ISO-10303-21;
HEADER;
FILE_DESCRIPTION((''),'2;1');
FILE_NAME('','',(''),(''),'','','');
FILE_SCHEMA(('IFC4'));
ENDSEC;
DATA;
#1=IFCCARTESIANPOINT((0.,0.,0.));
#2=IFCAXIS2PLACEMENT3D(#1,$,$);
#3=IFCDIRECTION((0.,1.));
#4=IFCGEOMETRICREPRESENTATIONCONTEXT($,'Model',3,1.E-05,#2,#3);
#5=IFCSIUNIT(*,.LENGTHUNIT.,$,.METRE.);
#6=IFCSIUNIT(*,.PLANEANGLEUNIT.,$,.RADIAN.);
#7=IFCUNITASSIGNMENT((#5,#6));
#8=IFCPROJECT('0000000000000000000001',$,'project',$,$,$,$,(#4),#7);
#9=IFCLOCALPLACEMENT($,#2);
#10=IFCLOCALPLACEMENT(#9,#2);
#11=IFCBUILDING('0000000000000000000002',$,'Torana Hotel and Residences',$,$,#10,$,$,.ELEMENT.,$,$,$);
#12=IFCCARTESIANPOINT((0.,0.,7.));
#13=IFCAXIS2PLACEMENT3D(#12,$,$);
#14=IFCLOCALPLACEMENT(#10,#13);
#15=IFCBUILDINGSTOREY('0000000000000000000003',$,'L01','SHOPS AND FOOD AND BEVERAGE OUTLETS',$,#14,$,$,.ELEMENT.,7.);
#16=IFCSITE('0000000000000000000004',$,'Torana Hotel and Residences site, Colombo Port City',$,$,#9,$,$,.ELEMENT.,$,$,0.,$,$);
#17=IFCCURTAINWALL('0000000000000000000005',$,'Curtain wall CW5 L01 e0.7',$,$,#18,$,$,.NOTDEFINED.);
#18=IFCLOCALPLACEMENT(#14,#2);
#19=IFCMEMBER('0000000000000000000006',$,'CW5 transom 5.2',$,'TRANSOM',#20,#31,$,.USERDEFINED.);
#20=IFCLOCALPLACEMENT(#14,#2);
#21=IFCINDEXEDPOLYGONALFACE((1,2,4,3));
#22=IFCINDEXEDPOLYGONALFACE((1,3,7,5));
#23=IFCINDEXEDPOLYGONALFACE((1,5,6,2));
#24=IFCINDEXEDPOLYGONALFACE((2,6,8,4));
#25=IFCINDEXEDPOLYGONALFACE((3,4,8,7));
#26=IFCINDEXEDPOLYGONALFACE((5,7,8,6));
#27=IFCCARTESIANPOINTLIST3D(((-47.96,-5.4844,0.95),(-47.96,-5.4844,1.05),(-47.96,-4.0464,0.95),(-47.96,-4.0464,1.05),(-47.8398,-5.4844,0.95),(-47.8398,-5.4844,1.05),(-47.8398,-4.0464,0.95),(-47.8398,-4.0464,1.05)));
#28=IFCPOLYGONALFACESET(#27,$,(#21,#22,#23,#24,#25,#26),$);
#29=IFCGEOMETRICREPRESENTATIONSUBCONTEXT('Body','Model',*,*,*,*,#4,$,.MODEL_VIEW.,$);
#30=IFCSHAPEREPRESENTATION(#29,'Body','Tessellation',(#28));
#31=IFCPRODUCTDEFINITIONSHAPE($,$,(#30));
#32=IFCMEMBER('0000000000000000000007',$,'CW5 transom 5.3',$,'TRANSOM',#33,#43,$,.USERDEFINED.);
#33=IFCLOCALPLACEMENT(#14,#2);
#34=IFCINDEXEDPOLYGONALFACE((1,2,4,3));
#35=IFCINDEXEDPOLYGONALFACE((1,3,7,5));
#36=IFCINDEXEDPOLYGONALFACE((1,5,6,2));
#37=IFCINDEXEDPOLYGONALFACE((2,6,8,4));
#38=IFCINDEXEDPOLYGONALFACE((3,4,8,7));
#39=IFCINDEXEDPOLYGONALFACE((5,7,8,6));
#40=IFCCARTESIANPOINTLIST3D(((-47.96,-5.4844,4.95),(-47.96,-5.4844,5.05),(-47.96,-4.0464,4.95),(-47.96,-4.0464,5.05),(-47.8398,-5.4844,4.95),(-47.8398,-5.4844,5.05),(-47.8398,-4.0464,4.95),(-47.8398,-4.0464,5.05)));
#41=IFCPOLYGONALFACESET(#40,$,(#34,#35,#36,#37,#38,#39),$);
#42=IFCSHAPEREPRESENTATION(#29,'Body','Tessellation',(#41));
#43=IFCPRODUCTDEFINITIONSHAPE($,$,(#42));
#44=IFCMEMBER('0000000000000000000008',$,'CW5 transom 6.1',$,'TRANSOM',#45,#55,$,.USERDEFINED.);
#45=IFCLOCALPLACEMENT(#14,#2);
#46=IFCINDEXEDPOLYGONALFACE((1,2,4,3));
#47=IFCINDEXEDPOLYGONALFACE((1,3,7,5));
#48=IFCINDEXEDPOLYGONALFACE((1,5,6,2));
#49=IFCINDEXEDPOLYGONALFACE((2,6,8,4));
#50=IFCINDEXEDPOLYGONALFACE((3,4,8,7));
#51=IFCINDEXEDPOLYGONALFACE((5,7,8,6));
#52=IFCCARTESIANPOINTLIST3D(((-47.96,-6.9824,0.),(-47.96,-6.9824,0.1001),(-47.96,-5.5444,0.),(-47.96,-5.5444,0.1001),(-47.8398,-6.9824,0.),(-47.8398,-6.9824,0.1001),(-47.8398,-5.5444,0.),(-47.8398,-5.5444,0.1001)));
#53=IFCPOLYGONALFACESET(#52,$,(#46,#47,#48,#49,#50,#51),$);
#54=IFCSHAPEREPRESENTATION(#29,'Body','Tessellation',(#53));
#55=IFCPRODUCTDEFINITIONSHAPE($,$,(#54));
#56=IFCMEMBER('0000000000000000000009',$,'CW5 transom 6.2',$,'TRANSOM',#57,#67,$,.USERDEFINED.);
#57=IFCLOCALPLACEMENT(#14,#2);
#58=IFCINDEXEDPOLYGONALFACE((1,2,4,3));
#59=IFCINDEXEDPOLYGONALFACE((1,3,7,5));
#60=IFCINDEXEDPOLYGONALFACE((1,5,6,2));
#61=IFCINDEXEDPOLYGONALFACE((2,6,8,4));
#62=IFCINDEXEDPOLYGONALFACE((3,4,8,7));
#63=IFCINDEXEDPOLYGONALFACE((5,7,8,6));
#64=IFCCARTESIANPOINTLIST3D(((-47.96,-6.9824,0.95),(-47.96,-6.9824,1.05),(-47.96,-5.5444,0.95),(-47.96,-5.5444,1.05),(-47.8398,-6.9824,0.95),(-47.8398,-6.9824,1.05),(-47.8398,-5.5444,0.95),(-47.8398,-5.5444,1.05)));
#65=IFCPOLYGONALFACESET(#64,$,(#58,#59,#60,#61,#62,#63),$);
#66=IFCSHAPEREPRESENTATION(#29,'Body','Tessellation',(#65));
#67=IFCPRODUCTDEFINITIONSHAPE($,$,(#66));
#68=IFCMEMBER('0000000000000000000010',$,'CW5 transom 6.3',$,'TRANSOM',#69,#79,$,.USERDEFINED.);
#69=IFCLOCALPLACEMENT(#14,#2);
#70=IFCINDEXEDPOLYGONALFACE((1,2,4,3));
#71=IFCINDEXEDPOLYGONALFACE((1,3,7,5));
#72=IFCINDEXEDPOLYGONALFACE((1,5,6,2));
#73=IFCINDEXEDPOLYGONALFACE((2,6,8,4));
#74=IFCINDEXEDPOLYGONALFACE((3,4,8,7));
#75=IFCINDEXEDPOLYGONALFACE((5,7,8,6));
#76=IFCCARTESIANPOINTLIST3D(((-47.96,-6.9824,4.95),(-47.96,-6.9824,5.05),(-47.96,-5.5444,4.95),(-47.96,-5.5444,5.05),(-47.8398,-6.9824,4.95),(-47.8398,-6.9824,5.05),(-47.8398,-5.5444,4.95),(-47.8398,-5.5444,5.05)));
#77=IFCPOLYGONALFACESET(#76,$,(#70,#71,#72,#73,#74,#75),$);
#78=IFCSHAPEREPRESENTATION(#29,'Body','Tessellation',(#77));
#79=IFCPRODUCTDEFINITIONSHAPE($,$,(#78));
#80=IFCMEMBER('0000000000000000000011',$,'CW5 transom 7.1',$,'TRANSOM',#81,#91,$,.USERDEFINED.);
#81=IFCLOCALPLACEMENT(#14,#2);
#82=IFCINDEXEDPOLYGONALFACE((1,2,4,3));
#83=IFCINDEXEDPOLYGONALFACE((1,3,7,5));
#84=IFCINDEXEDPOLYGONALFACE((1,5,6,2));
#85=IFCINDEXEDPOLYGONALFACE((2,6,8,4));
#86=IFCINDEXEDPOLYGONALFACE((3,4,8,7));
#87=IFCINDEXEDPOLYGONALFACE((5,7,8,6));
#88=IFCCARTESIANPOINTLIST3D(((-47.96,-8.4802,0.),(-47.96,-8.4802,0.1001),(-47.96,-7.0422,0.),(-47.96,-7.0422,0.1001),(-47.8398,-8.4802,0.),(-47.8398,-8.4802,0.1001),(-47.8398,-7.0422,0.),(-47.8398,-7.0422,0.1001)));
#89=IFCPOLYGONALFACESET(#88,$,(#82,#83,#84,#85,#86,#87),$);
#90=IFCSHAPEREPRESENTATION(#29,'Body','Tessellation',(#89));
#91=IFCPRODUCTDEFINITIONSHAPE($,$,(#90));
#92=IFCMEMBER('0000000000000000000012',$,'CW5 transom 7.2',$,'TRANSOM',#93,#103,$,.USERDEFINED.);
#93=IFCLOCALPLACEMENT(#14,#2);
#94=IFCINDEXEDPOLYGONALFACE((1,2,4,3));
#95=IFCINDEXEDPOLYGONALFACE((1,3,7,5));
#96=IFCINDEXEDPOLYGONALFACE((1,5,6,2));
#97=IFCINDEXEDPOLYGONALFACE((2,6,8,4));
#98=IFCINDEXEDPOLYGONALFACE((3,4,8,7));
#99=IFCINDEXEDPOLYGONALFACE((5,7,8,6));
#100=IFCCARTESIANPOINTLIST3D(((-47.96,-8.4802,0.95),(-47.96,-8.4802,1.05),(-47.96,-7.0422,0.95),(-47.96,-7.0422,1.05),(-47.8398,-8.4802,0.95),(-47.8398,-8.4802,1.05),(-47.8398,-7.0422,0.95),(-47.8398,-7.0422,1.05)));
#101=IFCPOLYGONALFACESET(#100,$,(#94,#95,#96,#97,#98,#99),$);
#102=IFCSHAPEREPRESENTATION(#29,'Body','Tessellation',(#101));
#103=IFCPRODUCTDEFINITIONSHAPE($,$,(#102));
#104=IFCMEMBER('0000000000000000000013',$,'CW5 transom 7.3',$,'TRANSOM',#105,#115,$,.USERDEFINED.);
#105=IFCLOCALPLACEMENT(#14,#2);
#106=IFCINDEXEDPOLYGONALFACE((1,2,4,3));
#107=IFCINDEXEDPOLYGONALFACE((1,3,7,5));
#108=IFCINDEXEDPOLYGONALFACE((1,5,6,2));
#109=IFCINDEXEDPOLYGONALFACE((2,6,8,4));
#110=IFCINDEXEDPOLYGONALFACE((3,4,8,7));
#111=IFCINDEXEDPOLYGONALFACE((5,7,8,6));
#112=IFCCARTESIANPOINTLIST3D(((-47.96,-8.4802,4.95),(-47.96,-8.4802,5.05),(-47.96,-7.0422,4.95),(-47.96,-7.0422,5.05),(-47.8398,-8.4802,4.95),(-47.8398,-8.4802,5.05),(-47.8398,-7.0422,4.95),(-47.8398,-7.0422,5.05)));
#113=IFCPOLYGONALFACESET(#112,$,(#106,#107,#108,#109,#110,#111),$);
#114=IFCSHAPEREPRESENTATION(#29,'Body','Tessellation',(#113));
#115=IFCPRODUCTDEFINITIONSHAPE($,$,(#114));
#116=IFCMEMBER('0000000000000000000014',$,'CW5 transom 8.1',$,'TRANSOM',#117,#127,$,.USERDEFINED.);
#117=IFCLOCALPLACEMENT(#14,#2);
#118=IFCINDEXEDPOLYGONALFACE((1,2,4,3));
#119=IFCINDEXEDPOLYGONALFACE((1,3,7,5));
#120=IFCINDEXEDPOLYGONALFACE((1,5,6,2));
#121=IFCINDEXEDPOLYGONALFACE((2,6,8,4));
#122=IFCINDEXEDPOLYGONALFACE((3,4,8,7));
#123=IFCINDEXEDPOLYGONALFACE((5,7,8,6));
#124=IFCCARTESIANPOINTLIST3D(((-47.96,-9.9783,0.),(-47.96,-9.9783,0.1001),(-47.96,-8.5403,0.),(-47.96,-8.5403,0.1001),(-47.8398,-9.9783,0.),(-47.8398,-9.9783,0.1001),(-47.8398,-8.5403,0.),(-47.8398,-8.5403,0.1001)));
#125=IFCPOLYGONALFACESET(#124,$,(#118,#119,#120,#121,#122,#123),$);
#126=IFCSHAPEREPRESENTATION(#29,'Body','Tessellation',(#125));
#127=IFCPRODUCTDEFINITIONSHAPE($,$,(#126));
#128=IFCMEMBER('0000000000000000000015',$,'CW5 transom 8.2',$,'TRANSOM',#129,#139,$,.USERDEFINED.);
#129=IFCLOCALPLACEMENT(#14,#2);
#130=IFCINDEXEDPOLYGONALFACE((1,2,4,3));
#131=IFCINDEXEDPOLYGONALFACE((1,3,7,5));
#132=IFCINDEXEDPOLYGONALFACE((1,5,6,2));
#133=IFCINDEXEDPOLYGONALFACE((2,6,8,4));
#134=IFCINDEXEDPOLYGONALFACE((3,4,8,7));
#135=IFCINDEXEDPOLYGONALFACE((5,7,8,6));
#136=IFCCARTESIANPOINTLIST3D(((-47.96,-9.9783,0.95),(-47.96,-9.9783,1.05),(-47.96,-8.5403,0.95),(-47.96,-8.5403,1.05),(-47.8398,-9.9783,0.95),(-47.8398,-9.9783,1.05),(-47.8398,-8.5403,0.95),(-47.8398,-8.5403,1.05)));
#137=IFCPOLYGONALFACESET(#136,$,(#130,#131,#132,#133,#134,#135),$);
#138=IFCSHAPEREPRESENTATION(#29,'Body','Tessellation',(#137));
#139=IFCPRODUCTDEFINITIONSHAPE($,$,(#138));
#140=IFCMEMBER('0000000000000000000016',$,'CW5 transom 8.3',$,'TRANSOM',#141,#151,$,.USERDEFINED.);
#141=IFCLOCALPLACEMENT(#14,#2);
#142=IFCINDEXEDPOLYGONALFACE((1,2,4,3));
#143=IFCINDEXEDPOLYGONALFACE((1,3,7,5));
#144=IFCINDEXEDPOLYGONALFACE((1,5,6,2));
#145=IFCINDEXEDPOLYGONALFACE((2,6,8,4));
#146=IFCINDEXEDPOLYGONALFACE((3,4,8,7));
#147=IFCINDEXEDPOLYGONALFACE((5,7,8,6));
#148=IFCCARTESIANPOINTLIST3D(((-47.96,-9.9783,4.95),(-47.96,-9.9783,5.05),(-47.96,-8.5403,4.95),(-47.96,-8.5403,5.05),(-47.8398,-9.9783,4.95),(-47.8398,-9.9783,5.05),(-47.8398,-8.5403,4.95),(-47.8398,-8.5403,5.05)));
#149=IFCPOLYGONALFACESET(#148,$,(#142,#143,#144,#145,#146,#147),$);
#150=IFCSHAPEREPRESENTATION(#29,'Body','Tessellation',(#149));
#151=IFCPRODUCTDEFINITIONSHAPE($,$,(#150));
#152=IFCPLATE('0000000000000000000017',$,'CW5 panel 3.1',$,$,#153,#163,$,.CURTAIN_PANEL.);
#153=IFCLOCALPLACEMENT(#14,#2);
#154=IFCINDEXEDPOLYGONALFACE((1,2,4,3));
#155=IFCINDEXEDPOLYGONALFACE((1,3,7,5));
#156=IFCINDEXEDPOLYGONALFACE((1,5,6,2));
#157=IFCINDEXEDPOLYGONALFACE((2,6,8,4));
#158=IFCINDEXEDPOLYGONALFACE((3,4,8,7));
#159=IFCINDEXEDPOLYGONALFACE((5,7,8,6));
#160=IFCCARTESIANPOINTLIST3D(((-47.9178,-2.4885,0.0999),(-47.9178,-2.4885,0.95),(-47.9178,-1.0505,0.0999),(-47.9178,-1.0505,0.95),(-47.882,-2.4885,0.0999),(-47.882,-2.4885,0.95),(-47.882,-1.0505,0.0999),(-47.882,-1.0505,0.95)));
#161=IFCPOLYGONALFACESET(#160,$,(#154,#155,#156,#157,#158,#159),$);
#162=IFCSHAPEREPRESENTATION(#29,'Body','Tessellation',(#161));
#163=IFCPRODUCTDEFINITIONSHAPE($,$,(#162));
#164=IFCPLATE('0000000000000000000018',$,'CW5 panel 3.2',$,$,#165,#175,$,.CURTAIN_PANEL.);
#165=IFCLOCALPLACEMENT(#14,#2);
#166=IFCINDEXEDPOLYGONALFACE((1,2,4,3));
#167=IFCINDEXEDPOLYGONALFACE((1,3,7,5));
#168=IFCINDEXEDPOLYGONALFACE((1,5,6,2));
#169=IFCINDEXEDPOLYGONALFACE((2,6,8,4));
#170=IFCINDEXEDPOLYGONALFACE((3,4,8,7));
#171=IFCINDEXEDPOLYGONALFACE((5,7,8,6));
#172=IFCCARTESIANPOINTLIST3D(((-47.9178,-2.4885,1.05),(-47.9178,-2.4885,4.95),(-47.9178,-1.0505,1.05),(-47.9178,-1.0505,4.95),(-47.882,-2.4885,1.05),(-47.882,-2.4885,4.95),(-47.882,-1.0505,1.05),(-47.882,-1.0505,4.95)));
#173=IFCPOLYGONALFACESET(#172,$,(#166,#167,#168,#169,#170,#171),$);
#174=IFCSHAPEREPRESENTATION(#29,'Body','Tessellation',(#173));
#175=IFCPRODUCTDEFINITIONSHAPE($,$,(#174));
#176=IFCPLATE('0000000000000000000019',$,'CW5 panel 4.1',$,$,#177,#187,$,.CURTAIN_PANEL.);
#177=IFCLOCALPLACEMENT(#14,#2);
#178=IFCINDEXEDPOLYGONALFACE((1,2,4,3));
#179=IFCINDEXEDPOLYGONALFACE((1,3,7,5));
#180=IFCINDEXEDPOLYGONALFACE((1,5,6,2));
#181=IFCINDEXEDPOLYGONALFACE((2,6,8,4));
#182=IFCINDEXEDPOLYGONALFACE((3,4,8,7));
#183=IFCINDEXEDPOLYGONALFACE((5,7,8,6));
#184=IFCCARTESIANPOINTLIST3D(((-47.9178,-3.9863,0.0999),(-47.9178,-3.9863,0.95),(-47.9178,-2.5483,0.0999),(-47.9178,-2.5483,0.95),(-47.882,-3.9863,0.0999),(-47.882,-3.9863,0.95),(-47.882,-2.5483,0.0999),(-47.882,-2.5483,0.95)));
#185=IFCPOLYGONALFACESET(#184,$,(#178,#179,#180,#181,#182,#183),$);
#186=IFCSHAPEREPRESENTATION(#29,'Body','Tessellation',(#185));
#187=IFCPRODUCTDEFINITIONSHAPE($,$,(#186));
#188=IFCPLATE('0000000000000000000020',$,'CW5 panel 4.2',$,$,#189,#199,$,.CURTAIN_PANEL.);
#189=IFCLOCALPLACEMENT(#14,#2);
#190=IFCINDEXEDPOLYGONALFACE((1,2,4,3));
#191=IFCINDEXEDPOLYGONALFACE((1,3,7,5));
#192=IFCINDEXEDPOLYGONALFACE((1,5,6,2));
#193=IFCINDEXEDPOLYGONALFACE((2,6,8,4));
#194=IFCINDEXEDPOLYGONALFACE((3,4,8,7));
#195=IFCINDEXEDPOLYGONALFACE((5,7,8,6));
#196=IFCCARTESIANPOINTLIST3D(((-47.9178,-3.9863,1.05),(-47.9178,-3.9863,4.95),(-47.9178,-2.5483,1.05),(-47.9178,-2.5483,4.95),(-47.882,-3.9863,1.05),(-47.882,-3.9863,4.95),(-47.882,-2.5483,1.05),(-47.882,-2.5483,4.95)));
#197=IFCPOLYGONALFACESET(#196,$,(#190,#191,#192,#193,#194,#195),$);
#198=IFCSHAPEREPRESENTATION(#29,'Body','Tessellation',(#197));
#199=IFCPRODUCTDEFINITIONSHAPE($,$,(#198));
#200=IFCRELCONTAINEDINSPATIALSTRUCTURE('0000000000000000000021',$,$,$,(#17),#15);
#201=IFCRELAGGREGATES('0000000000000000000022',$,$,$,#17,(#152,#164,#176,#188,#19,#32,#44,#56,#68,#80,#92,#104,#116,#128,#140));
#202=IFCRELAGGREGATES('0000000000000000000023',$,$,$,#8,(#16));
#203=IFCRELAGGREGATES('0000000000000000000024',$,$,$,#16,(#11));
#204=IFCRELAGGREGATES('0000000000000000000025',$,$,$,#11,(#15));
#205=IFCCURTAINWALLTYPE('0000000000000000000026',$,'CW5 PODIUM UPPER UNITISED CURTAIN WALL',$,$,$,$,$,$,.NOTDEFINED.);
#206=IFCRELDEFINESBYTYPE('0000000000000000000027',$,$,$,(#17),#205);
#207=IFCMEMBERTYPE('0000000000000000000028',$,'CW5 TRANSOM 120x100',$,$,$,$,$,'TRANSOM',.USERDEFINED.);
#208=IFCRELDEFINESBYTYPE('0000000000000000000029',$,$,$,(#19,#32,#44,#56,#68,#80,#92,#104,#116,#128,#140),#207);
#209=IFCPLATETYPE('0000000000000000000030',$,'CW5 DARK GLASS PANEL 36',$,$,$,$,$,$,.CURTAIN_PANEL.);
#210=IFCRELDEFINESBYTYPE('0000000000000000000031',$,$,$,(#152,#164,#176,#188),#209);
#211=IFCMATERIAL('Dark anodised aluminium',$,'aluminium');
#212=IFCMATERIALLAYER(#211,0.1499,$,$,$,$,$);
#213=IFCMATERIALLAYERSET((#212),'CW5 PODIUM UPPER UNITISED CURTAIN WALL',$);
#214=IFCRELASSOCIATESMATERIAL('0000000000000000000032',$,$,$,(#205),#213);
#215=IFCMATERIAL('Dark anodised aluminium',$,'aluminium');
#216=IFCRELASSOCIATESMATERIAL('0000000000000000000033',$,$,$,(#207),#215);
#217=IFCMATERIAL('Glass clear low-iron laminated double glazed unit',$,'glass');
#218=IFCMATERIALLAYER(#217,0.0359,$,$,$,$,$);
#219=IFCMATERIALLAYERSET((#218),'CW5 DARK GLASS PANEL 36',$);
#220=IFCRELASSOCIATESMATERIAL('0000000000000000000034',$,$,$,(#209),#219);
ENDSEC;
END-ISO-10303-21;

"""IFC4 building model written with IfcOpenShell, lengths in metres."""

from ifc_helpers import new_model, si_unit, direction, frame, origin, origin_2d, place, context, subcontext, project, spatial, rectangle, extrude, material, layer, layer_set, material_profile, profile_set, type_object, element, aggregate, save


model = new_model("IFC4")

# Units and contexts
model_context = context("Model", 3, precision=1e-05, world=origin(), true_north=direction((0.0, 1.0)))
body_context = subcontext(model_context, "Body", "Model", "MODEL_VIEW")
ifc_project = project(units=[si_unit("LENGTHUNIT", "METRE"), si_unit("PLANEANGLEUNIT", "RADIAN")], contexts=[model_context])

# Site, building, storey
site_placement = place(None, origin())
site = spatial("IfcSite", under=ifc_project, at=site_placement, Name="Torana Hotel and Residences site, Colombo Port City", CompositionType="ELEMENT", RefElevation=0.0)
building_placement = place(site_placement, origin())
building = spatial("IfcBuilding", under=site, at=building_placement, Name="Torana Hotel and Residences", CompositionType="ELEMENT")
storey_placement = place(building_placement, frame((0.0, 0.0, 7.0)))
storey = spatial("IfcBuildingStorey", under=building, at=storey_placement, Name="L01", Description="SHOPS AND FOOD AND BEVERAGE OUTLETS", CompositionType="ELEMENT", Elevation=7.0)

# Curtain wall, members, plates
ifc_material_1 = material(Name="Dark anodised aluminium", Category="aluminium")
ifc_layer_1 = layer(ifc_material_1, 0.1499)
ifc_layer_set_1 = layer_set([ifc_layer_1], Name="CW5 PODIUM UPPER UNITISED CURTAIN WALL")
curtain_wall_type = type_object("IfcCurtainWallType", Name="CW5 PODIUM UPPER UNITISED CURTAIN WALL", PredefinedType="NOTDEFINED", material=ifc_layer_set_1)
curtain_wall_placement = place(storey_placement, origin())
curtain_wall = element("IfcCurtainWall", 1, at=curtain_wall_placement, inside=storey, type_object=curtain_wall_type, Name="Curtain wall CW5 L01 e0.7", PredefinedType="NOTDEFINED")
ifc_material_2 = material(Name="Dark anodised aluminium", Category="aluminium")
ifc_material_profile_1 = material_profile(ifc_material_2, rectangle(XDim=0.1201, YDim=0.1001, at=origin_2d()), Name="CW5 TRANSOM 120x100")
ifc_profile_set_1 = profile_set([ifc_material_profile_1], Name="Dark anodised aluminium")
member_type_1 = type_object("IfcMemberType", Name="CW5 TRANSOM 120x100", ElementType="TRANSOM", PredefinedType="USERDEFINED", material=ifc_profile_set_1)
member_1_placement = place(storey_placement, frame((-47.8999, -4.0464, 1.0), z_axis=(0.0, -1.0, 0.0), x_axis=(1.0, 0.0, 0.0)))
member_1 = element("IfcMember", 2, at=member_1_placement, type_object=member_type_1, Name="CW5 transom 5.2", ObjectType="TRANSOM", PredefinedType="USERDEFINED", context=body_context, shape_type="SweptSolid", body=[
    extrude(rectangle(XDim=0.1201, YDim=0.1001, at=origin_2d()), origin(), (0.0, 0.0, 1.0), 1.438),
])
member_2_placement = place(storey_placement, frame((-47.8999, -4.0464, 5.0), z_axis=(0.0, -1.0, 0.0), x_axis=(1.0, 0.0, 0.0)))
member_2 = element("IfcMember", 3, at=member_2_placement, type_object=member_type_1, Name="CW5 transom 5.3", ObjectType="TRANSOM", PredefinedType="USERDEFINED", context=body_context, shape_type="SweptSolid", body=[
    extrude(rectangle(XDim=0.1201, YDim=0.1001, at=origin_2d()), origin(), (0.0, 0.0, 1.0), 1.438),
])
member_3_placement = place(storey_placement, frame((-47.8999, -5.5444, 0.05), z_axis=(0.0, -1.0, 0.0), x_axis=(1.0, 0.0, 0.0)))
member_3 = element("IfcMember", 4, at=member_3_placement, type_object=member_type_1, Name="CW5 transom 6.1", ObjectType="TRANSOM", PredefinedType="USERDEFINED", context=body_context, shape_type="SweptSolid", body=[
    extrude(rectangle(XDim=0.1201, YDim=0.1001, at=origin_2d()), origin(), (0.0, 0.0, 1.0), 1.438),
])
member_4_placement = place(storey_placement, frame((-47.8999, -5.5444, 1.0), z_axis=(0.0, -1.0, 0.0), x_axis=(1.0, 0.0, 0.0)))
member_4 = element("IfcMember", 5, at=member_4_placement, type_object=member_type_1, Name="CW5 transom 6.2", ObjectType="TRANSOM", PredefinedType="USERDEFINED", context=body_context, shape_type="SweptSolid", body=[
    extrude(rectangle(XDim=0.1201, YDim=0.1001, at=origin_2d()), origin(), (0.0, 0.0, 1.0), 1.438),
])
member_5_placement = place(storey_placement, frame((-47.8999, -5.5444, 5.0), z_axis=(0.0, -1.0, 0.0), x_axis=(1.0, 0.0, 0.0)))
member_5 = element("IfcMember", 6, at=member_5_placement, type_object=member_type_1, Name="CW5 transom 6.3", ObjectType="TRANSOM", PredefinedType="USERDEFINED", context=body_context, shape_type="SweptSolid", body=[
    extrude(rectangle(XDim=0.1201, YDim=0.1001, at=origin_2d()), origin(), (0.0, 0.0, 1.0), 1.438),
])
member_6_placement = place(storey_placement, frame((-47.8999, -7.0422, 0.05), z_axis=(0.0, -1.0, 0.0), x_axis=(1.0, 0.0, 0.0)))
member_6 = element("IfcMember", 7, at=member_6_placement, type_object=member_type_1, Name="CW5 transom 7.1", ObjectType="TRANSOM", PredefinedType="USERDEFINED", context=body_context, shape_type="SweptSolid", body=[
    extrude(rectangle(XDim=0.1201, YDim=0.1001, at=origin_2d()), origin(), (0.0, 0.0, 1.0), 1.438),
])
member_7_placement = place(storey_placement, frame((-47.8999, -7.0422, 1.0), z_axis=(0.0, -1.0, 0.0), x_axis=(1.0, 0.0, 0.0)))
member_7 = element("IfcMember", 8, at=member_7_placement, type_object=member_type_1, Name="CW5 transom 7.2", ObjectType="TRANSOM", PredefinedType="USERDEFINED", context=body_context, shape_type="SweptSolid", body=[
    extrude(rectangle(XDim=0.1201, YDim=0.1001, at=origin_2d()), origin(), (0.0, 0.0, 1.0), 1.438),
])
member_8_placement = place(storey_placement, frame((-47.8999, -7.0422, 5.0), z_axis=(0.0, -1.0, 0.0), x_axis=(1.0, 0.0, 0.0)))
member_8 = element("IfcMember", 9, at=member_8_placement, type_object=member_type_1, Name="CW5 transom 7.3", ObjectType="TRANSOM", PredefinedType="USERDEFINED", context=body_context, shape_type="SweptSolid", body=[
    extrude(rectangle(XDim=0.1201, YDim=0.1001, at=origin_2d()), origin(), (0.0, 0.0, 1.0), 1.438),
])
member_9_placement = place(storey_placement, frame((-47.8999, -8.5403, 0.05), z_axis=(0.0, -1.0, 0.0), x_axis=(1.0, 0.0, 0.0)))
member_9 = element("IfcMember", 10, at=member_9_placement, type_object=member_type_1, Name="CW5 transom 8.1", ObjectType="TRANSOM", PredefinedType="USERDEFINED", context=body_context, shape_type="SweptSolid", body=[
    extrude(rectangle(XDim=0.1201, YDim=0.1001, at=origin_2d()), origin(), (0.0, 0.0, 1.0), 1.438),
])
member_10_placement = place(storey_placement, frame((-47.8999, -8.5403, 1.0), z_axis=(0.0, -1.0, 0.0), x_axis=(1.0, 0.0, 0.0)))
member_10 = element("IfcMember", 11, at=member_10_placement, type_object=member_type_1, Name="CW5 transom 8.2", ObjectType="TRANSOM", PredefinedType="USERDEFINED", context=body_context, shape_type="SweptSolid", body=[
    extrude(rectangle(XDim=0.1201, YDim=0.1001, at=origin_2d()), origin(), (0.0, 0.0, 1.0), 1.438),
])
member_11_placement = place(storey_placement, frame((-47.8999, -8.5403, 5.0), z_axis=(0.0, -1.0, 0.0), x_axis=(1.0, 0.0, 0.0)))
member_11 = element("IfcMember", 12, at=member_11_placement, type_object=member_type_1, Name="CW5 transom 8.3", ObjectType="TRANSOM", PredefinedType="USERDEFINED", context=body_context, shape_type="SweptSolid", body=[
    extrude(rectangle(XDim=0.1201, YDim=0.1001, at=origin_2d()), origin(), (0.0, 0.0, 1.0), 1.438),
])
ifc_material_3 = material(Name="Glass clear low-iron laminated double glazed unit", Category="glass")
ifc_layer_2 = layer(ifc_material_3, 0.0359)
ifc_layer_set_2 = layer_set([ifc_layer_2], Name="CW5 DARK GLASS PANEL 36")
plate_type = type_object("IfcPlateType", Name="CW5 DARK GLASS PANEL 36", PredefinedType="CURTAIN_PANEL", material=ifc_layer_set_2)
plate_1_placement = place(storey_placement, frame((-47.8999, -1.7695, 0.0999), z_axis=(0.0, 0.0, 1.0), x_axis=(0.0, -1.0, 0.0)))
plate_1 = element("IfcPlate", 13, at=plate_1_placement, type_object=plate_type, Name="CW5 panel 3.1", PredefinedType="CURTAIN_PANEL", context=body_context, shape_type="SweptSolid", body=[
    extrude(rectangle(XDim=1.438, YDim=0.0359, at=origin_2d()), origin(), (0.0, 0.0, 1.0), 0.8501),
])
plate_2_placement = place(storey_placement, frame((-47.8999, -1.7695, 1.05), z_axis=(0.0, 0.0, 1.0), x_axis=(0.0, -1.0, 0.0)))
plate_2 = element("IfcPlate", 14, at=plate_2_placement, type_object=plate_type, Name="CW5 panel 3.2", PredefinedType="CURTAIN_PANEL", context=body_context, shape_type="SweptSolid", body=[
    extrude(rectangle(XDim=1.438, YDim=0.0359, at=origin_2d()), origin(), (0.0, 0.0, 1.0), 3.8999),
])
plate_3_placement = place(storey_placement, frame((-47.8999, -3.2673, 0.0999), z_axis=(0.0, 0.0, 1.0), x_axis=(0.0, -1.0, 0.0)))
plate_3 = element("IfcPlate", 15, at=plate_3_placement, type_object=plate_type, Name="CW5 panel 4.1", PredefinedType="CURTAIN_PANEL", context=body_context, shape_type="SweptSolid", body=[
    extrude(rectangle(XDim=1.438, YDim=0.0359, at=origin_2d()), origin(), (0.0, 0.0, 1.0), 0.8501),
])
plate_4_placement = place(storey_placement, frame((-47.8999, -3.2673, 1.05), z_axis=(0.0, 0.0, 1.0), x_axis=(0.0, -1.0, 0.0)))
plate_4 = element("IfcPlate", 16, at=plate_4_placement, type_object=plate_type, Name="CW5 panel 4.2", PredefinedType="CURTAIN_PANEL", context=body_context, shape_type="SweptSolid", body=[
    extrude(rectangle(XDim=1.438, YDim=0.0359, at=origin_2d()), origin(), (0.0, 0.0, 1.0), 3.8999),
])
aggregate(curtain_wall, [plate_1, plate_2, plate_3, plate_4, member_1, member_2, member_3, member_4, member_5, member_6, member_7, member_8, member_9, member_10, member_11])

save(model, "model.ifc")
